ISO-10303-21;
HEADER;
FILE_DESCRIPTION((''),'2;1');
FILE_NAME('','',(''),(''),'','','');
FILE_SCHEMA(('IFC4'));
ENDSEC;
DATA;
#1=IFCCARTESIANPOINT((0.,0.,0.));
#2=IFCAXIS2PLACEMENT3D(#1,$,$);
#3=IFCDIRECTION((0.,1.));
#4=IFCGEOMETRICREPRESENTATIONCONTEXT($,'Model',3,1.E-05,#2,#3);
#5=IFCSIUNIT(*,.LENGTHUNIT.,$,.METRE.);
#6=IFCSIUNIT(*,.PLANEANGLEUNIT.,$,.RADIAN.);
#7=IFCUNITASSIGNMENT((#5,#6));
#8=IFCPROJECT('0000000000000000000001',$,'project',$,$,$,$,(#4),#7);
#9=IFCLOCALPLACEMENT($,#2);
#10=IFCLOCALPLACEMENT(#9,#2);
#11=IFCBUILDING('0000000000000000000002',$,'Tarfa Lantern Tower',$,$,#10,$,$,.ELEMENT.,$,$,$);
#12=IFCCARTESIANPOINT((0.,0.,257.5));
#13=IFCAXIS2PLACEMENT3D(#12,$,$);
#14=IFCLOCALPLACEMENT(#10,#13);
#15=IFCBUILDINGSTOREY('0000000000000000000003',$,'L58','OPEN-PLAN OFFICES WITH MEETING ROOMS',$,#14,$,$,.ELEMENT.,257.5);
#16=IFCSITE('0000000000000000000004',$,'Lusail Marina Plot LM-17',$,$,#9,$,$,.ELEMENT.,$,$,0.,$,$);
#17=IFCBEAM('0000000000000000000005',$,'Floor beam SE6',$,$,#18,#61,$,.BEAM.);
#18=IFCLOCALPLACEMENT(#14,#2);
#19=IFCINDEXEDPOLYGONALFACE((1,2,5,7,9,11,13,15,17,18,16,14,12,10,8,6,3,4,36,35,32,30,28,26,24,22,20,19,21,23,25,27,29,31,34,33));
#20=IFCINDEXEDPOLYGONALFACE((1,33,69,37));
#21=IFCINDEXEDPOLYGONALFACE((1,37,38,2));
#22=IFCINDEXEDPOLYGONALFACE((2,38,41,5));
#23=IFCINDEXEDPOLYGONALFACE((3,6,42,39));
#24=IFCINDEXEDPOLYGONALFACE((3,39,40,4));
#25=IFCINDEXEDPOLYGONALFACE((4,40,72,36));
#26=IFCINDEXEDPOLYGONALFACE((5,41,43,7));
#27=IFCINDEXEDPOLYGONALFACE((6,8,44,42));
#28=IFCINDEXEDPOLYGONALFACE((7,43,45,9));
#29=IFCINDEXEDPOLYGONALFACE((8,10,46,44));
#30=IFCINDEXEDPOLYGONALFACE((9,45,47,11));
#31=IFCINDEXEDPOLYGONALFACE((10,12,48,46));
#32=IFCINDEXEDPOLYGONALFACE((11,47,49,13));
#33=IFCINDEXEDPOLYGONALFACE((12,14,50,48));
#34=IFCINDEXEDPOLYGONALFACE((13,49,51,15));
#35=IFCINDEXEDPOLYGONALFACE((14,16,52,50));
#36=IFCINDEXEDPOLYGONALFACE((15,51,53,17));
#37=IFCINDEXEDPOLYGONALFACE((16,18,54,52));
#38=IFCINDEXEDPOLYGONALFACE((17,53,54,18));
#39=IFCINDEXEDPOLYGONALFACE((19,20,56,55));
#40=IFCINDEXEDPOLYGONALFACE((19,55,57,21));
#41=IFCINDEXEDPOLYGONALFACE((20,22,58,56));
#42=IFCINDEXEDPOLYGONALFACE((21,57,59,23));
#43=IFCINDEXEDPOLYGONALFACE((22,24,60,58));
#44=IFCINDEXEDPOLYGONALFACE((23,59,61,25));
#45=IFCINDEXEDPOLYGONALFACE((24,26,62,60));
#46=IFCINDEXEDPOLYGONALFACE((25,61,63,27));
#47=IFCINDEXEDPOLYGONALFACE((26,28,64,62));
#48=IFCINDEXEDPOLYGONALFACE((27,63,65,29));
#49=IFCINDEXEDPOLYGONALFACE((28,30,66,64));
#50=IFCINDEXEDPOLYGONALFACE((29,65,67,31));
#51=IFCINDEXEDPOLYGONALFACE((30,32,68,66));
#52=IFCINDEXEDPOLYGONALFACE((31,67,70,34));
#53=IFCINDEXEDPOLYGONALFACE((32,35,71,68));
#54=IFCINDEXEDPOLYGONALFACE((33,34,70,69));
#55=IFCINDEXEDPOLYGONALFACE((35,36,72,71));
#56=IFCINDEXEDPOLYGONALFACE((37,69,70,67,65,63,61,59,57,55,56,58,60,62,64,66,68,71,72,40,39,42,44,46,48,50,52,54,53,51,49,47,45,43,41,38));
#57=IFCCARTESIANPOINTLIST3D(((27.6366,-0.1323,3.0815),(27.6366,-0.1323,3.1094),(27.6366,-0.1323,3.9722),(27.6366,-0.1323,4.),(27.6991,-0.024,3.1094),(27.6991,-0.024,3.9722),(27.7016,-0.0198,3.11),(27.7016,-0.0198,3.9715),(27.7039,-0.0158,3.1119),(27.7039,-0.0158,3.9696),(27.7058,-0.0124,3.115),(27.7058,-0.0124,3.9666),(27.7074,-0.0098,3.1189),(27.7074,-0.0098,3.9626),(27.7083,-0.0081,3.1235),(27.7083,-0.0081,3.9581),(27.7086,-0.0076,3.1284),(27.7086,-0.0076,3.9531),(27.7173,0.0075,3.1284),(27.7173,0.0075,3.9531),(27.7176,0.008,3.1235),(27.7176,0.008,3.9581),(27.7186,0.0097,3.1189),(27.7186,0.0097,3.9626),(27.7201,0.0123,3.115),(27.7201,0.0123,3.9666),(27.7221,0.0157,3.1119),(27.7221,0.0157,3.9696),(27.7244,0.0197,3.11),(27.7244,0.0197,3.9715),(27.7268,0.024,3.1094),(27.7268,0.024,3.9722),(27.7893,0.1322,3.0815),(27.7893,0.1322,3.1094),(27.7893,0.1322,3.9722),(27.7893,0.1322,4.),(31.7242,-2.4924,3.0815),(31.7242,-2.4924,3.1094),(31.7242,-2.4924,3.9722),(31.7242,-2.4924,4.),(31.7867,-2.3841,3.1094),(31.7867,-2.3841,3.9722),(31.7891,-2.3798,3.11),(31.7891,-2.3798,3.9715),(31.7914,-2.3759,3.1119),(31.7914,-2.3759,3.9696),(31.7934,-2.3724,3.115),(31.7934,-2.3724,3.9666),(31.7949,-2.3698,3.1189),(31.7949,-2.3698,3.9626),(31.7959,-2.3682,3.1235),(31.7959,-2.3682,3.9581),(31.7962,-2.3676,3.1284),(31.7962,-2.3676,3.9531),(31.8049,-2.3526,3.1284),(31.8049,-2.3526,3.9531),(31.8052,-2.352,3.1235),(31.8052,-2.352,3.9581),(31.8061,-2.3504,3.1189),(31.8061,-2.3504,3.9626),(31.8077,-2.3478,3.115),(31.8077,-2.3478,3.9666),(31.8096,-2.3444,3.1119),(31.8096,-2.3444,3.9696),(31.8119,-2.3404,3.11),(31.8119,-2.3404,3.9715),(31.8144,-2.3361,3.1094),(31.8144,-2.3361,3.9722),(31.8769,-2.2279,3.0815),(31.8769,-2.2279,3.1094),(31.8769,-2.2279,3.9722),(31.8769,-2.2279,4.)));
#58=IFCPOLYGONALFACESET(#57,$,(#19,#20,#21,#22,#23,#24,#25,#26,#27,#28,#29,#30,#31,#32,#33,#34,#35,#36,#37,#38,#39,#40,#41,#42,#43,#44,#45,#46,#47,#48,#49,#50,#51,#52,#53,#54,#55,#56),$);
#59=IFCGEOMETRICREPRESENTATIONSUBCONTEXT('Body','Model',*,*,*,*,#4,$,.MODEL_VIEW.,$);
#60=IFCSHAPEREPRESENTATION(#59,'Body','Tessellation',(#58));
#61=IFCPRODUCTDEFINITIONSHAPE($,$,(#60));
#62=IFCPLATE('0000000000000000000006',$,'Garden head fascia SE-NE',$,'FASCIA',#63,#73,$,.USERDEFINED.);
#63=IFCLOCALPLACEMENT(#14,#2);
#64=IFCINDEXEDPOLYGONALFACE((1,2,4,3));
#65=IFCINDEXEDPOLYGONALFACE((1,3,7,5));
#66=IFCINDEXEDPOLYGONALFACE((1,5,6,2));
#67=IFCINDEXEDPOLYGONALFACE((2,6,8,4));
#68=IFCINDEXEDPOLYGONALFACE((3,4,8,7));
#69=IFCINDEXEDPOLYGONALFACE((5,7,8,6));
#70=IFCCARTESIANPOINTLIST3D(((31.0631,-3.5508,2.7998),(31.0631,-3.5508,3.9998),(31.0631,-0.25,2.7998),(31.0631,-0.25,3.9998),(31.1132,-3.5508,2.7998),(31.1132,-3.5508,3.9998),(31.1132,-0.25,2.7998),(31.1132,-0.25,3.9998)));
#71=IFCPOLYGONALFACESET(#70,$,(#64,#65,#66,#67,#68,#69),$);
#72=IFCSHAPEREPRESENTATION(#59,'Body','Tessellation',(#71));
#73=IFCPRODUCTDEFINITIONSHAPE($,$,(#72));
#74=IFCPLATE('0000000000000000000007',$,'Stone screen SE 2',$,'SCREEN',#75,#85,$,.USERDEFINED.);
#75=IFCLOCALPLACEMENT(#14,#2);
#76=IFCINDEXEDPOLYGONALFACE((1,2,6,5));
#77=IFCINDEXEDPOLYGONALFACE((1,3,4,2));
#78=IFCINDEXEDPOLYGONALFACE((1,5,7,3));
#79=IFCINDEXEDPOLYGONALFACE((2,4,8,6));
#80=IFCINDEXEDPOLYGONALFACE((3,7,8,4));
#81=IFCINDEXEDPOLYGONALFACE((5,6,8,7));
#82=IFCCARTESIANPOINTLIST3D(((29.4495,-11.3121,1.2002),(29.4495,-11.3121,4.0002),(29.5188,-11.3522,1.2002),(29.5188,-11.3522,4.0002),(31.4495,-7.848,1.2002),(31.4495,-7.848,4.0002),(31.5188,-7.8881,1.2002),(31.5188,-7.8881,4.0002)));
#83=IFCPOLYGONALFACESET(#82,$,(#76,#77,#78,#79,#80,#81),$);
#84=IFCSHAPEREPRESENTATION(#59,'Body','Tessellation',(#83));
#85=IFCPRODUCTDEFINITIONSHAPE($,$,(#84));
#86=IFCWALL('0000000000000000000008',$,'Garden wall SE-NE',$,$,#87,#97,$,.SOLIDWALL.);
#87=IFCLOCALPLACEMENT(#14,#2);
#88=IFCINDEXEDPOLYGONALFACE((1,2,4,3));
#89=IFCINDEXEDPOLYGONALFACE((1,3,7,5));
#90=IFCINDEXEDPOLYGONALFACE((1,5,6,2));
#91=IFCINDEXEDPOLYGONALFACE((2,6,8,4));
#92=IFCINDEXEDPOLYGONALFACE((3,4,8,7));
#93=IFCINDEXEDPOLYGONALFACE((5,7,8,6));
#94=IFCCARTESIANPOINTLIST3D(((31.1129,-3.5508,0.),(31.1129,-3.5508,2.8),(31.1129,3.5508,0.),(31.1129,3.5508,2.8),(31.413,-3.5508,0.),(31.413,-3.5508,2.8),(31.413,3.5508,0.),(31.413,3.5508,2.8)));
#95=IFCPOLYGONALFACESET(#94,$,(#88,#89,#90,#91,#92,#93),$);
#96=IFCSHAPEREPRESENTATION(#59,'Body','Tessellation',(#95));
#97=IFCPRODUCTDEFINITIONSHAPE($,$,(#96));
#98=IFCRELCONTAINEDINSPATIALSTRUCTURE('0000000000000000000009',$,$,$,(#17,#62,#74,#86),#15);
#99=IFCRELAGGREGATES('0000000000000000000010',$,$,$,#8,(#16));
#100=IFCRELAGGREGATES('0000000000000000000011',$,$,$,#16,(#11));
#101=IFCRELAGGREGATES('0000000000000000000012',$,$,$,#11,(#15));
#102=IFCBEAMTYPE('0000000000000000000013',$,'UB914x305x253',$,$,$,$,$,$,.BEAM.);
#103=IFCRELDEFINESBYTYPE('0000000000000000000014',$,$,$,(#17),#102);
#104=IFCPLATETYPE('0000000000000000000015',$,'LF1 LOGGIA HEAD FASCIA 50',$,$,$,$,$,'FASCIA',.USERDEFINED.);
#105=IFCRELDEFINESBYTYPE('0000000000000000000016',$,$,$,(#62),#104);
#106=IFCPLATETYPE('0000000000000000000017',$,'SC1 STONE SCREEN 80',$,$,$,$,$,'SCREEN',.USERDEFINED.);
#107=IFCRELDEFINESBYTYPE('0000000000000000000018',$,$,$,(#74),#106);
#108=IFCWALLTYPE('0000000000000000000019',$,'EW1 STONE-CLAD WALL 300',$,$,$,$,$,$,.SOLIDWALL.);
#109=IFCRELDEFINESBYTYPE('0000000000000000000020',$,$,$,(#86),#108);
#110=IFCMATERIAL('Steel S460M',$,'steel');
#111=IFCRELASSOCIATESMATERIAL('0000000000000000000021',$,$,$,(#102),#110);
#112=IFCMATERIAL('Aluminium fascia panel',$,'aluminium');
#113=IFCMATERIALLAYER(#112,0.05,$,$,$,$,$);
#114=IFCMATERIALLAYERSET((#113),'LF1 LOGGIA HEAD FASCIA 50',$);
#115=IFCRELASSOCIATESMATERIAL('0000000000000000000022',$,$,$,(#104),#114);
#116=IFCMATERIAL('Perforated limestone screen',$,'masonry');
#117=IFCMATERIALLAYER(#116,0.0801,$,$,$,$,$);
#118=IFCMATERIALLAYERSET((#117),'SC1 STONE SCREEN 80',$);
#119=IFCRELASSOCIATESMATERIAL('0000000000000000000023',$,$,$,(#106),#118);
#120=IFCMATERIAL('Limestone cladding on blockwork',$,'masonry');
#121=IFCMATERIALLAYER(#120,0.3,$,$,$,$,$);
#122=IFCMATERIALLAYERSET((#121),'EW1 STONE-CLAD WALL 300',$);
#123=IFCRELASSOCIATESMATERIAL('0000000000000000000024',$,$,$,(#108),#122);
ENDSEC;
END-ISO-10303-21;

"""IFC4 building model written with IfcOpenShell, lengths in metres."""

from ifc_helpers import new_model, si_unit, direction, frame, frame_2d, origin, origin_2d, place, context, subcontext, project, spatial, rectangle, i_section, extrude, material, layer, layer_set, material_profile, profile_set, type_object, element, save


model = new_model("IFC4")

# Units and contexts
model_context = context("Model", 3, precision=1e-05, world=origin(), true_north=direction((0.0, 1.0)))
body_context = subcontext(model_context, "Body", "Model", "MODEL_VIEW")
ifc_project = project(units=[si_unit("LENGTHUNIT", "METRE"), si_unit("PLANEANGLEUNIT", "RADIAN")], contexts=[model_context])

# Site, building, storey
site_placement = place(None, origin())
site = spatial("IfcSite", under=ifc_project, at=site_placement, Name="Lusail Marina Plot LM-17", CompositionType="ELEMENT", RefElevation=0.0)
building_placement = place(site_placement, origin())
building = spatial("IfcBuilding", under=site, at=building_placement, Name="Tarfa Lantern Tower", CompositionType="ELEMENT")
storey_placement = place(building_placement, frame((0.0, 0.0, 257.5)))
storey = spatial("IfcBuildingStorey", under=building, at=storey_placement, Name="L58", Description="OPEN-PLAN OFFICES WITH MEETING ROOMS", CompositionType="ELEMENT", Elevation=257.5)

# Beam
ifc_material_1 = material(Name="Steel S460M", Category="steel")
ifc_material_profile_1 = material_profile(ifc_material_1, i_section(OverallWidth=0.3054, OverallDepth=0.9185, WebThickness=0.0173, FlangeThickness=0.0278, FilletRadius=0.019, at=origin_2d()), Name="UB914x305x253")
ifc_profile_set_1 = profile_set([ifc_material_profile_1], Name="Steel S460M")
beam_type_1 = type_object("IfcBeamType", Name="UB914x305x253", PredefinedType="BEAM", material=ifc_profile_set_1)
beam_1_placement = place(storey_placement, frame((31.8005, -2.3601, 3.5408), z_axis=(-0.866016, 0.500016, 0.0), x_axis=(-0.500016, -0.866016, 0.0)))
element("IfcBeam", 1, at=beam_1_placement, inside=storey, type_object=beam_type_1, Name="Floor beam SE6", PredefinedType="BEAM", context=body_context, shape_type="SweptSolid", body=[
    extrude(i_section(OverallWidth=0.3054, OverallDepth=0.9185, WebThickness=0.0173, FlangeThickness=0.0278, FilletRadius=0.019, at=origin_2d()), origin(), (0.0, 0.0, 1.0), 4.72),
])

# Plates
ifc_material_2 = material(Name="Aluminium fascia panel", Category="aluminium")
ifc_layer_1 = layer(ifc_material_2, 0.05)
ifc_layer_set_1 = layer_set([ifc_layer_1], Name="LF1 LOGGIA HEAD FASCIA 50")
plate_type_1 = type_object("IfcPlateType", Name="LF1 LOGGIA HEAD FASCIA 50", ElementType="FASCIA", PredefinedType="USERDEFINED", material=ifc_layer_set_1)
plate_1_placement = place(storey_placement, frame((31.0881, -1.9004, 2.7998), z_axis=(0.0, 0.0, 1.0), x_axis=(0.0, 1.0, 0.0)))
element("IfcPlate", 2, at=plate_1_placement, inside=storey, type_object=plate_type_1, Name="Garden head fascia SE-NE", ObjectType="FASCIA", PredefinedType="USERDEFINED", context=body_context, shape_type="SweptSolid", body=[
    extrude(rectangle(XDim=3.3008, YDim=0.05, at=origin_2d()), origin(), (0.0, 0.0, 1.0), 1.2),
])
ifc_material_3 = material(Name="Perforated limestone screen", Category="masonry")
ifc_layer_2 = layer(ifc_material_3, 0.0801)
ifc_layer_set_2 = layer_set([ifc_layer_2], Name="SC1 STONE SCREEN 80")
plate_type_2 = type_object("IfcPlateType", Name="SC1 STONE SCREEN 80", ElementType="SCREEN", PredefinedType="USERDEFINED", material=ifc_layer_set_2)
plate_2_placement = place(storey_placement, frame((30.4841, -9.6001, 1.2002), z_axis=(0.0, 0.0, 1.0), x_axis=(0.5, 0.866025, 0.0)))
element("IfcPlate", 3, at=plate_2_placement, inside=storey, type_object=plate_type_2, Name="Stone screen SE 2", ObjectType="SCREEN", PredefinedType="USERDEFINED", context=body_context, shape_type="SweptSolid", body=[
    extrude(rectangle(XDim=4.0, YDim=0.0801, at=origin_2d()), origin(), (0.0, 0.0, 1.0), 2.8),
])

# Wall
ifc_material_4 = material(Name="Limestone cladding on blockwork", Category="masonry")
ifc_layer_3 = layer(ifc_material_4, 0.3)
ifc_layer_set_3 = layer_set([ifc_layer_3], Name="EW1 STONE-CLAD WALL 300")
wall_type = type_object("IfcWallType", Name="EW1 STONE-CLAD WALL 300", PredefinedType="SOLIDWALL", material=ifc_layer_set_3)
wall_placement = place(storey_placement, frame((31.2629, -3.5508, 0.0), z_axis=(0.0, 0.0, 1.0), x_axis=(0.0, 1.0, 0.0)))
element("IfcWall", 4, at=wall_placement, inside=storey, type_object=wall_type, Name="Garden wall SE-NE", PredefinedType="SOLIDWALL", context=body_context, shape_type="SweptSolid", body=[
    extrude(rectangle(XDim=7.1016, YDim=0.3, at=frame_2d((3.5508, 0.0))), origin(), (0.0, 0.0, 1.0), 2.8),
])

save(model, "model.ifc")
